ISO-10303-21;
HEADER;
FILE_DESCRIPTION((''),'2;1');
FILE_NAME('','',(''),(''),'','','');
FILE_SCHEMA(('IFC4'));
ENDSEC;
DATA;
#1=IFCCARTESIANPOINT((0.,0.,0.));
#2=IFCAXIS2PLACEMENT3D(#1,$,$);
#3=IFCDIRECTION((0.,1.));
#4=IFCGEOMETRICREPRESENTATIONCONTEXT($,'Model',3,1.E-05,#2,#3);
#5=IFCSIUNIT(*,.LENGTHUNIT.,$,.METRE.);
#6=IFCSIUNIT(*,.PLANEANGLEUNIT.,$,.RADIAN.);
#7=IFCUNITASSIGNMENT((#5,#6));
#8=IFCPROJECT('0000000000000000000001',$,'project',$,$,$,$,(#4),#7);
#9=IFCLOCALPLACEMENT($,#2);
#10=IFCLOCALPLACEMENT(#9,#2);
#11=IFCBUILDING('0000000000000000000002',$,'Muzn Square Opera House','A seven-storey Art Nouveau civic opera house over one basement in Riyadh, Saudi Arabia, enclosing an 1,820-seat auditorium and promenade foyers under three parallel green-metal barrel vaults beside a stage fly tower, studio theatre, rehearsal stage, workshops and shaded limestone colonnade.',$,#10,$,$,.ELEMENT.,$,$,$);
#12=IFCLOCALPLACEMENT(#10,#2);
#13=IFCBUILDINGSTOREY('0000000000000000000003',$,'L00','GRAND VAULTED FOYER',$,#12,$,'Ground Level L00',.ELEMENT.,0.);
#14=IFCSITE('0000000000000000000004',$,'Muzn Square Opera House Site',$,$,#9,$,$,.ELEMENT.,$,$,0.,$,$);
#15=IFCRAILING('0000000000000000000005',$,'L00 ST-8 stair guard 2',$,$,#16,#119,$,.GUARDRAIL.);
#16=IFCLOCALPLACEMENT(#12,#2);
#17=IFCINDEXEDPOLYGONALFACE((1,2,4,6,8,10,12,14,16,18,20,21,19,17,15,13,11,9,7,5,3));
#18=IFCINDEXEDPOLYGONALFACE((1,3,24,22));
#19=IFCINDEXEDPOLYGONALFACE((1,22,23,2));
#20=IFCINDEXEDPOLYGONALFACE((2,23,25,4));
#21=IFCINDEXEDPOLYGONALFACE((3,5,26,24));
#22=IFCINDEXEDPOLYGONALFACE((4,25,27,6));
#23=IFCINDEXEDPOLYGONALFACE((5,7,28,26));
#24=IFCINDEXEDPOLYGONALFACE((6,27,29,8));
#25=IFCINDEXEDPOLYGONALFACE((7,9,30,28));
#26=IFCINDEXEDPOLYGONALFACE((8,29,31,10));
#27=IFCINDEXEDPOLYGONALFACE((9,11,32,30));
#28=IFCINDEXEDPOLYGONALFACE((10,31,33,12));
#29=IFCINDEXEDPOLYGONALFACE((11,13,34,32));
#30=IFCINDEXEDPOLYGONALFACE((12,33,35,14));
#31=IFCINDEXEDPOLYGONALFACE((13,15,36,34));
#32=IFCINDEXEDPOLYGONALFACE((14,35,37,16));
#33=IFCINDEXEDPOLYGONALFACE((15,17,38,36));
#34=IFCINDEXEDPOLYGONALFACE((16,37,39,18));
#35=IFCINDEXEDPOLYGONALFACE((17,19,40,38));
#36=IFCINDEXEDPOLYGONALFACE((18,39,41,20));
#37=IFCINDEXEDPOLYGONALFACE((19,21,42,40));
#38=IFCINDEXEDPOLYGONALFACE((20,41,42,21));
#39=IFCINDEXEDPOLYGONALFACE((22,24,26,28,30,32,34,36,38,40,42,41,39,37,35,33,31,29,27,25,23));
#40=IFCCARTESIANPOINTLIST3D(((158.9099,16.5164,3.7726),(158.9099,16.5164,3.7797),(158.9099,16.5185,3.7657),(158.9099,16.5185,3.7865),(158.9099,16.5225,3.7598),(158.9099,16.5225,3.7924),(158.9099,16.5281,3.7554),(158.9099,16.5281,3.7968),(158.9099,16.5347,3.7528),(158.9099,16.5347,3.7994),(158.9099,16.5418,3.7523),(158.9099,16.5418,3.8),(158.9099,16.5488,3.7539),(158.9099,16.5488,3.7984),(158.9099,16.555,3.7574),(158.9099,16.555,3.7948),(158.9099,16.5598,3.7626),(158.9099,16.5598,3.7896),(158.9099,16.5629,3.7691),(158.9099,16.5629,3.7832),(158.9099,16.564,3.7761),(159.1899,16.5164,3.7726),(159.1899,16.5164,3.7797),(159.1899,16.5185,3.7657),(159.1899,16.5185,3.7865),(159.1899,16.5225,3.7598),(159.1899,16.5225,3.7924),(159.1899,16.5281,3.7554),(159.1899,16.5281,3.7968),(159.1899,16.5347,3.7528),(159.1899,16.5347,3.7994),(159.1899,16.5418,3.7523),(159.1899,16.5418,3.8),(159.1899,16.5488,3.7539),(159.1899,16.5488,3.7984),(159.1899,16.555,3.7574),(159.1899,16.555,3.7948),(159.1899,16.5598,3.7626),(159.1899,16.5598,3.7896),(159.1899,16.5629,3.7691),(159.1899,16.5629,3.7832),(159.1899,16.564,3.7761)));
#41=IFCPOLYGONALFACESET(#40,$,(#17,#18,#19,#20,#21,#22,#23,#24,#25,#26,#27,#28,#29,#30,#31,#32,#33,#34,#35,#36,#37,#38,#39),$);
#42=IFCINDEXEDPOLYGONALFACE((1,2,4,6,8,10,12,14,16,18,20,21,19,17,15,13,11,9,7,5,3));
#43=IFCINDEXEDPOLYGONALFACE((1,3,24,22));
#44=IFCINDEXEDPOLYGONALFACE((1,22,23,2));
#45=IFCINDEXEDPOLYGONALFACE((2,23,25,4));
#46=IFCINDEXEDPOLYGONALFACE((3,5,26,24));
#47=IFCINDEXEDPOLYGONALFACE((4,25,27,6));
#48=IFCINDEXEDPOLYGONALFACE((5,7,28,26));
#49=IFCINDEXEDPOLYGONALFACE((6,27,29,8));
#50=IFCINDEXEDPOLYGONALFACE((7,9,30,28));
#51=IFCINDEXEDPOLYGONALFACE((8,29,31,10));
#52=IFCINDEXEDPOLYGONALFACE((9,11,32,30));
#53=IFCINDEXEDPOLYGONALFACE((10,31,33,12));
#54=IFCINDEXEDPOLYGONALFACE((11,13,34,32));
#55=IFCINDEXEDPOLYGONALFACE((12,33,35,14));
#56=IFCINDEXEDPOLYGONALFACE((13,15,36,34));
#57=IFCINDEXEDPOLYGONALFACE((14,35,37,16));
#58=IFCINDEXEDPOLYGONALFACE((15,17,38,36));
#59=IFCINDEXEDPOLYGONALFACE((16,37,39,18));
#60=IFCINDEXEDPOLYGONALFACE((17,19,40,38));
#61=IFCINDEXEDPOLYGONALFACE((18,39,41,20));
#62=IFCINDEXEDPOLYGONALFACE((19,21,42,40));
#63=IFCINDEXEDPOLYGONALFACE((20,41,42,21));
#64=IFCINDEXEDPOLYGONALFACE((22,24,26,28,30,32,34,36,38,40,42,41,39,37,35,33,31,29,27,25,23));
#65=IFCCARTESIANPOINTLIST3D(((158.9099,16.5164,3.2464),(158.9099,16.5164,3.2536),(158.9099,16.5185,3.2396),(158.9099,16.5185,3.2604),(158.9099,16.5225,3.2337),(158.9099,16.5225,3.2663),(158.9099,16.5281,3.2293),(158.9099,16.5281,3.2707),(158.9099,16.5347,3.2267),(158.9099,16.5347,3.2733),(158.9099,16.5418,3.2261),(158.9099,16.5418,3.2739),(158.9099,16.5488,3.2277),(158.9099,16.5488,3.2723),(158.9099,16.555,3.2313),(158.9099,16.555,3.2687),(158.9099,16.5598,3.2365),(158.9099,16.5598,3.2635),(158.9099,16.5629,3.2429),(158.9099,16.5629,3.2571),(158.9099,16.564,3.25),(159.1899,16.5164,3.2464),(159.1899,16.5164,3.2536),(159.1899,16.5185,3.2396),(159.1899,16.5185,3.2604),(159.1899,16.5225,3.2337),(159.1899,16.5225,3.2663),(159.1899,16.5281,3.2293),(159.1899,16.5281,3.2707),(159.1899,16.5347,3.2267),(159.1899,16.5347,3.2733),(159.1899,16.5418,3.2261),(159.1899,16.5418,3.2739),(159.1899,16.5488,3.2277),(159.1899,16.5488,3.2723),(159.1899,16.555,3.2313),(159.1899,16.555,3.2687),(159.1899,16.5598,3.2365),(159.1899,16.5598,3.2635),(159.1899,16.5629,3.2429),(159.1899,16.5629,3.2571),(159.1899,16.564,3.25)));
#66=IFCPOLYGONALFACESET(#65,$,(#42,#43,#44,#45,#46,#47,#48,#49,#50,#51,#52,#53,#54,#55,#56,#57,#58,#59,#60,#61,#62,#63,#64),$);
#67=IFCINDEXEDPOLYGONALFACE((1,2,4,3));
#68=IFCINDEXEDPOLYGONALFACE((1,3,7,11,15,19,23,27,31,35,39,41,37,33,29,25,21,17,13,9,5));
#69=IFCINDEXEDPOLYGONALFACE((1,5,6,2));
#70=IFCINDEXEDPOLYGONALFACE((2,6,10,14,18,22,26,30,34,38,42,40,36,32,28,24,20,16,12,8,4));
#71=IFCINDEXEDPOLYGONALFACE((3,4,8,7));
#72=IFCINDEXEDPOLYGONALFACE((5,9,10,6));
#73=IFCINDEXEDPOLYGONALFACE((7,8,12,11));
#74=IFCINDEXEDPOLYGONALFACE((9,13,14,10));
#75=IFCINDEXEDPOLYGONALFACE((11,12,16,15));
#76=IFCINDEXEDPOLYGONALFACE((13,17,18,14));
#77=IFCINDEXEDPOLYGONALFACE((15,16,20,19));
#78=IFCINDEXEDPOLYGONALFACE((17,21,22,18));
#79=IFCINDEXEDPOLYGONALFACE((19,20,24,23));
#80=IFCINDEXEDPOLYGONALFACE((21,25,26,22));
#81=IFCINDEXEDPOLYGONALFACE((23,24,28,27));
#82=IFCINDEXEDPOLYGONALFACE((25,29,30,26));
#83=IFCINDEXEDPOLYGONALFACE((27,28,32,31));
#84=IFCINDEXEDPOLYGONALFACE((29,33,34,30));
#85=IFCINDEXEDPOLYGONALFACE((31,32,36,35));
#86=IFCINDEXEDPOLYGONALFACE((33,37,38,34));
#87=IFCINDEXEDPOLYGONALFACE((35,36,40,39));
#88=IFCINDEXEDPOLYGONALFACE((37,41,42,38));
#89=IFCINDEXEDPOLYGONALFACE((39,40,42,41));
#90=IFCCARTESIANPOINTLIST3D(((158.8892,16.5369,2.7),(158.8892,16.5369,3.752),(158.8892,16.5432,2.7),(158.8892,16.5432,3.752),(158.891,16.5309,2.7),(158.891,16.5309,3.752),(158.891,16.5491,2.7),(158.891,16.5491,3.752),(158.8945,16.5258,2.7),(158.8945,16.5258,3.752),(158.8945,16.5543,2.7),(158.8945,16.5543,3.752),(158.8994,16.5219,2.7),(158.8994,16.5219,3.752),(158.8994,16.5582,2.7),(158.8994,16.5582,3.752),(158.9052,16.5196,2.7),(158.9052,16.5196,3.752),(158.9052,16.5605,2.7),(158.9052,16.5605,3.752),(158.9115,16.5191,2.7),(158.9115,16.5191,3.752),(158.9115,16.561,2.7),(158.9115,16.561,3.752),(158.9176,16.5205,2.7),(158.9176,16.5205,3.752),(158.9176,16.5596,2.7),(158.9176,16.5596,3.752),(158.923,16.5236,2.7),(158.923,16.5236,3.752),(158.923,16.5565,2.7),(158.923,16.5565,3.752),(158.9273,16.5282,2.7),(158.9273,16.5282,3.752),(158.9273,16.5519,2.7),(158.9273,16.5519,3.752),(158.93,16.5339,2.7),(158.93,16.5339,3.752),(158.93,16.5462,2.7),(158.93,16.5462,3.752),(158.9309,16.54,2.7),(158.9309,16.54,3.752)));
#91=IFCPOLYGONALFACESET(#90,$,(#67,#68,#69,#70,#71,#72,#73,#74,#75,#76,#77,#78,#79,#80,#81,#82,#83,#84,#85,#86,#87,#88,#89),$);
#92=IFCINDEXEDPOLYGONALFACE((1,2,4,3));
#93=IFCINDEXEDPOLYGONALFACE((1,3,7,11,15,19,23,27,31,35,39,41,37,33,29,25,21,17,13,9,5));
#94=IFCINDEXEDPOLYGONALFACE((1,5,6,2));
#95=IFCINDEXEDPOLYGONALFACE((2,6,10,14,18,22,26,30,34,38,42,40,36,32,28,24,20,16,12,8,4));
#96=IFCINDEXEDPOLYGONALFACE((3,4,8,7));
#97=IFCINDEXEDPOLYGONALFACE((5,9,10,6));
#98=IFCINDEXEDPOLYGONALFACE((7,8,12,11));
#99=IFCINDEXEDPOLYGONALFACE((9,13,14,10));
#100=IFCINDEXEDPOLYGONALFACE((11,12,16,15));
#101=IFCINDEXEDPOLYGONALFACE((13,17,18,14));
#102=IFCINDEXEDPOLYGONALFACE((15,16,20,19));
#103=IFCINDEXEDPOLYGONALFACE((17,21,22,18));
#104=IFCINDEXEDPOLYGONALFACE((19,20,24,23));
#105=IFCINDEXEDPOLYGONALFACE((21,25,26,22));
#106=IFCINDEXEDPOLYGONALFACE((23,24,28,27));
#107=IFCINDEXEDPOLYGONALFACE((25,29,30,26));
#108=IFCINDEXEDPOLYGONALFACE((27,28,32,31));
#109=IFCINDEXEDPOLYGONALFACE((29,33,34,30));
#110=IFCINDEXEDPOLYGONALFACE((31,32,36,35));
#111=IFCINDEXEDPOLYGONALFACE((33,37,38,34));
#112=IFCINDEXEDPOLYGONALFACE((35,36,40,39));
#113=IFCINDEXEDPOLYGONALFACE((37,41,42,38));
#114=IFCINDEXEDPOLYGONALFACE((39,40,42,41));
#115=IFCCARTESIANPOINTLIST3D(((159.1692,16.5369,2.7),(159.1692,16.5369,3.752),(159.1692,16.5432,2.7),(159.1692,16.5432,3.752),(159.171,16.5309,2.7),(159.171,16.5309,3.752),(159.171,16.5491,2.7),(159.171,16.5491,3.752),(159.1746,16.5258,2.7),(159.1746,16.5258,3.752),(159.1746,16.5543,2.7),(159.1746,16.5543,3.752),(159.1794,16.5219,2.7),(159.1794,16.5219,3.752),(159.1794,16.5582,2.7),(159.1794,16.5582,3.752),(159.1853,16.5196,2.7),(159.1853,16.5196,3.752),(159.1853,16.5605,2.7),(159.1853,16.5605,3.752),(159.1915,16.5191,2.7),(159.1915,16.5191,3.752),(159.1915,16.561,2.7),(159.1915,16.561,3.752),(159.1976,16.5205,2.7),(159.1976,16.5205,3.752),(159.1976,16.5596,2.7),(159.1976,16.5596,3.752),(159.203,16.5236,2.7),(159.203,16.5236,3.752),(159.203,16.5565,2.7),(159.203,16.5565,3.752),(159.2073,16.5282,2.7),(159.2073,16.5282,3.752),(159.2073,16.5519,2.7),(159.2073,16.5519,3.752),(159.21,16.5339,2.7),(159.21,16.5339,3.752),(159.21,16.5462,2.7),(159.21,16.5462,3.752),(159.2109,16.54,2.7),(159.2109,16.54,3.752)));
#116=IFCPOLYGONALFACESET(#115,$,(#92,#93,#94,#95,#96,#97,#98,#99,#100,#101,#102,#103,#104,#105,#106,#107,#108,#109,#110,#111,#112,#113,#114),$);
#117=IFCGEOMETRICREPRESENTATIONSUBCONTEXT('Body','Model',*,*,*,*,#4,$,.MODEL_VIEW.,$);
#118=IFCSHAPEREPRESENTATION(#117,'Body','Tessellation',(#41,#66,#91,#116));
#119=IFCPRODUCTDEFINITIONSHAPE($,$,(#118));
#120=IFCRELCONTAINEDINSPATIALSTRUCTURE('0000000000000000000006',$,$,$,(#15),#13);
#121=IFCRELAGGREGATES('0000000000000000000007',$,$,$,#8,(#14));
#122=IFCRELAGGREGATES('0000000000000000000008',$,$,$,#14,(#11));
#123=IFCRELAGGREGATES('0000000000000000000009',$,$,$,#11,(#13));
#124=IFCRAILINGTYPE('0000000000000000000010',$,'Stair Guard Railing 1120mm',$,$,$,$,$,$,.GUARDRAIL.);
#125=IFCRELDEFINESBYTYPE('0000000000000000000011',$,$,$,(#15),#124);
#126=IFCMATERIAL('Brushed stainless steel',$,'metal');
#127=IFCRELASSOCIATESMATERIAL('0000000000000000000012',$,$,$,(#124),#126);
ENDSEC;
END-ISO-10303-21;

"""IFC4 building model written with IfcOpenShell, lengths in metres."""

from ifc_helpers import new_model, si_unit, direction, frame, origin, origin_2d, place, context, subcontext, project, spatial, circle, extrude, material, type_object, element, save


model = new_model("IFC4")

# Units and contexts
model_context = context("Model", 3, precision=1e-05, world=origin(), true_north=direction((0.0, 1.0)))
body_context = subcontext(model_context, "Body", "Model", "MODEL_VIEW")
ifc_project = project(units=[si_unit("LENGTHUNIT", "METRE"), si_unit("PLANEANGLEUNIT", "RADIAN")], contexts=[model_context])

# Site, building, storey
site_placement = place(None, origin())
site = spatial("IfcSite", under=ifc_project, at=site_placement, Name="Muzn Square Opera House Site", CompositionType="ELEMENT", RefElevation=0.0)
building_placement = place(site_placement, origin())
building = spatial("IfcBuilding", under=site, at=building_placement, Name="Muzn Square Opera House", Description="A seven-storey Art Nouveau civic opera house over one basement in Riyadh, Saudi Arabia, enclosing an 1,820-seat auditorium and promenade foyers under three parallel green-metal barrel vaults beside a stage fly tower, studio theatre, rehearsal stage, workshops and shaded limestone colonnade.", CompositionType="ELEMENT")
storey_placement = place(building_placement, origin())
storey = spatial("IfcBuildingStorey", under=building, at=storey_placement, Name="L00", Description="GRAND VAULTED FOYER", LongName="Ground Level L00", CompositionType="ELEMENT", Elevation=0.0)

# Railing
ifc_material_1 = material(Name="Brushed stainless steel", Category="metal")
railing_type_1 = type_object("IfcRailingType", Name="Stair Guard Railing 1120mm", PredefinedType="GUARDRAIL", material=ifc_material_1)
railing_1_placement = place(storey_placement, frame((158.9099, 16.54, 2.7)))
element("IfcRailing", 1, at=railing_1_placement, inside=storey, type_object=railing_type_1, Name="L00 ST-8 stair guard 2", PredefinedType="GUARDRAIL", context=body_context, shape_type="SweptSolid", body=[
    extrude(circle(Radius=0.0239, at=origin_2d()), frame((0.0, 0.0, 1.0762), z_axis=(1.0, 0.0, 0.0), x_axis=(0.0, 1.0, 0.0)), (0.0, 0.0, 1.0), 0.28),
    extrude(circle(Radius=0.0239, at=origin_2d()), frame((0.0, 0.0, 0.55), z_axis=(1.0, 0.0, 0.0), x_axis=(0.0, 1.0, 0.0)), (0.0, 0.0, 1.0), 0.28),
    extrude(circle(Radius=0.021, at=origin_2d()), origin(), (0.0, 0.0, 1.0), 1.052),
    extrude(circle(Radius=0.021, at=origin_2d()), frame((0.28, 0.0, 0.0)), (0.0, 0.0, 1.0), 1.052),
])

save(model, "model.ifc")
